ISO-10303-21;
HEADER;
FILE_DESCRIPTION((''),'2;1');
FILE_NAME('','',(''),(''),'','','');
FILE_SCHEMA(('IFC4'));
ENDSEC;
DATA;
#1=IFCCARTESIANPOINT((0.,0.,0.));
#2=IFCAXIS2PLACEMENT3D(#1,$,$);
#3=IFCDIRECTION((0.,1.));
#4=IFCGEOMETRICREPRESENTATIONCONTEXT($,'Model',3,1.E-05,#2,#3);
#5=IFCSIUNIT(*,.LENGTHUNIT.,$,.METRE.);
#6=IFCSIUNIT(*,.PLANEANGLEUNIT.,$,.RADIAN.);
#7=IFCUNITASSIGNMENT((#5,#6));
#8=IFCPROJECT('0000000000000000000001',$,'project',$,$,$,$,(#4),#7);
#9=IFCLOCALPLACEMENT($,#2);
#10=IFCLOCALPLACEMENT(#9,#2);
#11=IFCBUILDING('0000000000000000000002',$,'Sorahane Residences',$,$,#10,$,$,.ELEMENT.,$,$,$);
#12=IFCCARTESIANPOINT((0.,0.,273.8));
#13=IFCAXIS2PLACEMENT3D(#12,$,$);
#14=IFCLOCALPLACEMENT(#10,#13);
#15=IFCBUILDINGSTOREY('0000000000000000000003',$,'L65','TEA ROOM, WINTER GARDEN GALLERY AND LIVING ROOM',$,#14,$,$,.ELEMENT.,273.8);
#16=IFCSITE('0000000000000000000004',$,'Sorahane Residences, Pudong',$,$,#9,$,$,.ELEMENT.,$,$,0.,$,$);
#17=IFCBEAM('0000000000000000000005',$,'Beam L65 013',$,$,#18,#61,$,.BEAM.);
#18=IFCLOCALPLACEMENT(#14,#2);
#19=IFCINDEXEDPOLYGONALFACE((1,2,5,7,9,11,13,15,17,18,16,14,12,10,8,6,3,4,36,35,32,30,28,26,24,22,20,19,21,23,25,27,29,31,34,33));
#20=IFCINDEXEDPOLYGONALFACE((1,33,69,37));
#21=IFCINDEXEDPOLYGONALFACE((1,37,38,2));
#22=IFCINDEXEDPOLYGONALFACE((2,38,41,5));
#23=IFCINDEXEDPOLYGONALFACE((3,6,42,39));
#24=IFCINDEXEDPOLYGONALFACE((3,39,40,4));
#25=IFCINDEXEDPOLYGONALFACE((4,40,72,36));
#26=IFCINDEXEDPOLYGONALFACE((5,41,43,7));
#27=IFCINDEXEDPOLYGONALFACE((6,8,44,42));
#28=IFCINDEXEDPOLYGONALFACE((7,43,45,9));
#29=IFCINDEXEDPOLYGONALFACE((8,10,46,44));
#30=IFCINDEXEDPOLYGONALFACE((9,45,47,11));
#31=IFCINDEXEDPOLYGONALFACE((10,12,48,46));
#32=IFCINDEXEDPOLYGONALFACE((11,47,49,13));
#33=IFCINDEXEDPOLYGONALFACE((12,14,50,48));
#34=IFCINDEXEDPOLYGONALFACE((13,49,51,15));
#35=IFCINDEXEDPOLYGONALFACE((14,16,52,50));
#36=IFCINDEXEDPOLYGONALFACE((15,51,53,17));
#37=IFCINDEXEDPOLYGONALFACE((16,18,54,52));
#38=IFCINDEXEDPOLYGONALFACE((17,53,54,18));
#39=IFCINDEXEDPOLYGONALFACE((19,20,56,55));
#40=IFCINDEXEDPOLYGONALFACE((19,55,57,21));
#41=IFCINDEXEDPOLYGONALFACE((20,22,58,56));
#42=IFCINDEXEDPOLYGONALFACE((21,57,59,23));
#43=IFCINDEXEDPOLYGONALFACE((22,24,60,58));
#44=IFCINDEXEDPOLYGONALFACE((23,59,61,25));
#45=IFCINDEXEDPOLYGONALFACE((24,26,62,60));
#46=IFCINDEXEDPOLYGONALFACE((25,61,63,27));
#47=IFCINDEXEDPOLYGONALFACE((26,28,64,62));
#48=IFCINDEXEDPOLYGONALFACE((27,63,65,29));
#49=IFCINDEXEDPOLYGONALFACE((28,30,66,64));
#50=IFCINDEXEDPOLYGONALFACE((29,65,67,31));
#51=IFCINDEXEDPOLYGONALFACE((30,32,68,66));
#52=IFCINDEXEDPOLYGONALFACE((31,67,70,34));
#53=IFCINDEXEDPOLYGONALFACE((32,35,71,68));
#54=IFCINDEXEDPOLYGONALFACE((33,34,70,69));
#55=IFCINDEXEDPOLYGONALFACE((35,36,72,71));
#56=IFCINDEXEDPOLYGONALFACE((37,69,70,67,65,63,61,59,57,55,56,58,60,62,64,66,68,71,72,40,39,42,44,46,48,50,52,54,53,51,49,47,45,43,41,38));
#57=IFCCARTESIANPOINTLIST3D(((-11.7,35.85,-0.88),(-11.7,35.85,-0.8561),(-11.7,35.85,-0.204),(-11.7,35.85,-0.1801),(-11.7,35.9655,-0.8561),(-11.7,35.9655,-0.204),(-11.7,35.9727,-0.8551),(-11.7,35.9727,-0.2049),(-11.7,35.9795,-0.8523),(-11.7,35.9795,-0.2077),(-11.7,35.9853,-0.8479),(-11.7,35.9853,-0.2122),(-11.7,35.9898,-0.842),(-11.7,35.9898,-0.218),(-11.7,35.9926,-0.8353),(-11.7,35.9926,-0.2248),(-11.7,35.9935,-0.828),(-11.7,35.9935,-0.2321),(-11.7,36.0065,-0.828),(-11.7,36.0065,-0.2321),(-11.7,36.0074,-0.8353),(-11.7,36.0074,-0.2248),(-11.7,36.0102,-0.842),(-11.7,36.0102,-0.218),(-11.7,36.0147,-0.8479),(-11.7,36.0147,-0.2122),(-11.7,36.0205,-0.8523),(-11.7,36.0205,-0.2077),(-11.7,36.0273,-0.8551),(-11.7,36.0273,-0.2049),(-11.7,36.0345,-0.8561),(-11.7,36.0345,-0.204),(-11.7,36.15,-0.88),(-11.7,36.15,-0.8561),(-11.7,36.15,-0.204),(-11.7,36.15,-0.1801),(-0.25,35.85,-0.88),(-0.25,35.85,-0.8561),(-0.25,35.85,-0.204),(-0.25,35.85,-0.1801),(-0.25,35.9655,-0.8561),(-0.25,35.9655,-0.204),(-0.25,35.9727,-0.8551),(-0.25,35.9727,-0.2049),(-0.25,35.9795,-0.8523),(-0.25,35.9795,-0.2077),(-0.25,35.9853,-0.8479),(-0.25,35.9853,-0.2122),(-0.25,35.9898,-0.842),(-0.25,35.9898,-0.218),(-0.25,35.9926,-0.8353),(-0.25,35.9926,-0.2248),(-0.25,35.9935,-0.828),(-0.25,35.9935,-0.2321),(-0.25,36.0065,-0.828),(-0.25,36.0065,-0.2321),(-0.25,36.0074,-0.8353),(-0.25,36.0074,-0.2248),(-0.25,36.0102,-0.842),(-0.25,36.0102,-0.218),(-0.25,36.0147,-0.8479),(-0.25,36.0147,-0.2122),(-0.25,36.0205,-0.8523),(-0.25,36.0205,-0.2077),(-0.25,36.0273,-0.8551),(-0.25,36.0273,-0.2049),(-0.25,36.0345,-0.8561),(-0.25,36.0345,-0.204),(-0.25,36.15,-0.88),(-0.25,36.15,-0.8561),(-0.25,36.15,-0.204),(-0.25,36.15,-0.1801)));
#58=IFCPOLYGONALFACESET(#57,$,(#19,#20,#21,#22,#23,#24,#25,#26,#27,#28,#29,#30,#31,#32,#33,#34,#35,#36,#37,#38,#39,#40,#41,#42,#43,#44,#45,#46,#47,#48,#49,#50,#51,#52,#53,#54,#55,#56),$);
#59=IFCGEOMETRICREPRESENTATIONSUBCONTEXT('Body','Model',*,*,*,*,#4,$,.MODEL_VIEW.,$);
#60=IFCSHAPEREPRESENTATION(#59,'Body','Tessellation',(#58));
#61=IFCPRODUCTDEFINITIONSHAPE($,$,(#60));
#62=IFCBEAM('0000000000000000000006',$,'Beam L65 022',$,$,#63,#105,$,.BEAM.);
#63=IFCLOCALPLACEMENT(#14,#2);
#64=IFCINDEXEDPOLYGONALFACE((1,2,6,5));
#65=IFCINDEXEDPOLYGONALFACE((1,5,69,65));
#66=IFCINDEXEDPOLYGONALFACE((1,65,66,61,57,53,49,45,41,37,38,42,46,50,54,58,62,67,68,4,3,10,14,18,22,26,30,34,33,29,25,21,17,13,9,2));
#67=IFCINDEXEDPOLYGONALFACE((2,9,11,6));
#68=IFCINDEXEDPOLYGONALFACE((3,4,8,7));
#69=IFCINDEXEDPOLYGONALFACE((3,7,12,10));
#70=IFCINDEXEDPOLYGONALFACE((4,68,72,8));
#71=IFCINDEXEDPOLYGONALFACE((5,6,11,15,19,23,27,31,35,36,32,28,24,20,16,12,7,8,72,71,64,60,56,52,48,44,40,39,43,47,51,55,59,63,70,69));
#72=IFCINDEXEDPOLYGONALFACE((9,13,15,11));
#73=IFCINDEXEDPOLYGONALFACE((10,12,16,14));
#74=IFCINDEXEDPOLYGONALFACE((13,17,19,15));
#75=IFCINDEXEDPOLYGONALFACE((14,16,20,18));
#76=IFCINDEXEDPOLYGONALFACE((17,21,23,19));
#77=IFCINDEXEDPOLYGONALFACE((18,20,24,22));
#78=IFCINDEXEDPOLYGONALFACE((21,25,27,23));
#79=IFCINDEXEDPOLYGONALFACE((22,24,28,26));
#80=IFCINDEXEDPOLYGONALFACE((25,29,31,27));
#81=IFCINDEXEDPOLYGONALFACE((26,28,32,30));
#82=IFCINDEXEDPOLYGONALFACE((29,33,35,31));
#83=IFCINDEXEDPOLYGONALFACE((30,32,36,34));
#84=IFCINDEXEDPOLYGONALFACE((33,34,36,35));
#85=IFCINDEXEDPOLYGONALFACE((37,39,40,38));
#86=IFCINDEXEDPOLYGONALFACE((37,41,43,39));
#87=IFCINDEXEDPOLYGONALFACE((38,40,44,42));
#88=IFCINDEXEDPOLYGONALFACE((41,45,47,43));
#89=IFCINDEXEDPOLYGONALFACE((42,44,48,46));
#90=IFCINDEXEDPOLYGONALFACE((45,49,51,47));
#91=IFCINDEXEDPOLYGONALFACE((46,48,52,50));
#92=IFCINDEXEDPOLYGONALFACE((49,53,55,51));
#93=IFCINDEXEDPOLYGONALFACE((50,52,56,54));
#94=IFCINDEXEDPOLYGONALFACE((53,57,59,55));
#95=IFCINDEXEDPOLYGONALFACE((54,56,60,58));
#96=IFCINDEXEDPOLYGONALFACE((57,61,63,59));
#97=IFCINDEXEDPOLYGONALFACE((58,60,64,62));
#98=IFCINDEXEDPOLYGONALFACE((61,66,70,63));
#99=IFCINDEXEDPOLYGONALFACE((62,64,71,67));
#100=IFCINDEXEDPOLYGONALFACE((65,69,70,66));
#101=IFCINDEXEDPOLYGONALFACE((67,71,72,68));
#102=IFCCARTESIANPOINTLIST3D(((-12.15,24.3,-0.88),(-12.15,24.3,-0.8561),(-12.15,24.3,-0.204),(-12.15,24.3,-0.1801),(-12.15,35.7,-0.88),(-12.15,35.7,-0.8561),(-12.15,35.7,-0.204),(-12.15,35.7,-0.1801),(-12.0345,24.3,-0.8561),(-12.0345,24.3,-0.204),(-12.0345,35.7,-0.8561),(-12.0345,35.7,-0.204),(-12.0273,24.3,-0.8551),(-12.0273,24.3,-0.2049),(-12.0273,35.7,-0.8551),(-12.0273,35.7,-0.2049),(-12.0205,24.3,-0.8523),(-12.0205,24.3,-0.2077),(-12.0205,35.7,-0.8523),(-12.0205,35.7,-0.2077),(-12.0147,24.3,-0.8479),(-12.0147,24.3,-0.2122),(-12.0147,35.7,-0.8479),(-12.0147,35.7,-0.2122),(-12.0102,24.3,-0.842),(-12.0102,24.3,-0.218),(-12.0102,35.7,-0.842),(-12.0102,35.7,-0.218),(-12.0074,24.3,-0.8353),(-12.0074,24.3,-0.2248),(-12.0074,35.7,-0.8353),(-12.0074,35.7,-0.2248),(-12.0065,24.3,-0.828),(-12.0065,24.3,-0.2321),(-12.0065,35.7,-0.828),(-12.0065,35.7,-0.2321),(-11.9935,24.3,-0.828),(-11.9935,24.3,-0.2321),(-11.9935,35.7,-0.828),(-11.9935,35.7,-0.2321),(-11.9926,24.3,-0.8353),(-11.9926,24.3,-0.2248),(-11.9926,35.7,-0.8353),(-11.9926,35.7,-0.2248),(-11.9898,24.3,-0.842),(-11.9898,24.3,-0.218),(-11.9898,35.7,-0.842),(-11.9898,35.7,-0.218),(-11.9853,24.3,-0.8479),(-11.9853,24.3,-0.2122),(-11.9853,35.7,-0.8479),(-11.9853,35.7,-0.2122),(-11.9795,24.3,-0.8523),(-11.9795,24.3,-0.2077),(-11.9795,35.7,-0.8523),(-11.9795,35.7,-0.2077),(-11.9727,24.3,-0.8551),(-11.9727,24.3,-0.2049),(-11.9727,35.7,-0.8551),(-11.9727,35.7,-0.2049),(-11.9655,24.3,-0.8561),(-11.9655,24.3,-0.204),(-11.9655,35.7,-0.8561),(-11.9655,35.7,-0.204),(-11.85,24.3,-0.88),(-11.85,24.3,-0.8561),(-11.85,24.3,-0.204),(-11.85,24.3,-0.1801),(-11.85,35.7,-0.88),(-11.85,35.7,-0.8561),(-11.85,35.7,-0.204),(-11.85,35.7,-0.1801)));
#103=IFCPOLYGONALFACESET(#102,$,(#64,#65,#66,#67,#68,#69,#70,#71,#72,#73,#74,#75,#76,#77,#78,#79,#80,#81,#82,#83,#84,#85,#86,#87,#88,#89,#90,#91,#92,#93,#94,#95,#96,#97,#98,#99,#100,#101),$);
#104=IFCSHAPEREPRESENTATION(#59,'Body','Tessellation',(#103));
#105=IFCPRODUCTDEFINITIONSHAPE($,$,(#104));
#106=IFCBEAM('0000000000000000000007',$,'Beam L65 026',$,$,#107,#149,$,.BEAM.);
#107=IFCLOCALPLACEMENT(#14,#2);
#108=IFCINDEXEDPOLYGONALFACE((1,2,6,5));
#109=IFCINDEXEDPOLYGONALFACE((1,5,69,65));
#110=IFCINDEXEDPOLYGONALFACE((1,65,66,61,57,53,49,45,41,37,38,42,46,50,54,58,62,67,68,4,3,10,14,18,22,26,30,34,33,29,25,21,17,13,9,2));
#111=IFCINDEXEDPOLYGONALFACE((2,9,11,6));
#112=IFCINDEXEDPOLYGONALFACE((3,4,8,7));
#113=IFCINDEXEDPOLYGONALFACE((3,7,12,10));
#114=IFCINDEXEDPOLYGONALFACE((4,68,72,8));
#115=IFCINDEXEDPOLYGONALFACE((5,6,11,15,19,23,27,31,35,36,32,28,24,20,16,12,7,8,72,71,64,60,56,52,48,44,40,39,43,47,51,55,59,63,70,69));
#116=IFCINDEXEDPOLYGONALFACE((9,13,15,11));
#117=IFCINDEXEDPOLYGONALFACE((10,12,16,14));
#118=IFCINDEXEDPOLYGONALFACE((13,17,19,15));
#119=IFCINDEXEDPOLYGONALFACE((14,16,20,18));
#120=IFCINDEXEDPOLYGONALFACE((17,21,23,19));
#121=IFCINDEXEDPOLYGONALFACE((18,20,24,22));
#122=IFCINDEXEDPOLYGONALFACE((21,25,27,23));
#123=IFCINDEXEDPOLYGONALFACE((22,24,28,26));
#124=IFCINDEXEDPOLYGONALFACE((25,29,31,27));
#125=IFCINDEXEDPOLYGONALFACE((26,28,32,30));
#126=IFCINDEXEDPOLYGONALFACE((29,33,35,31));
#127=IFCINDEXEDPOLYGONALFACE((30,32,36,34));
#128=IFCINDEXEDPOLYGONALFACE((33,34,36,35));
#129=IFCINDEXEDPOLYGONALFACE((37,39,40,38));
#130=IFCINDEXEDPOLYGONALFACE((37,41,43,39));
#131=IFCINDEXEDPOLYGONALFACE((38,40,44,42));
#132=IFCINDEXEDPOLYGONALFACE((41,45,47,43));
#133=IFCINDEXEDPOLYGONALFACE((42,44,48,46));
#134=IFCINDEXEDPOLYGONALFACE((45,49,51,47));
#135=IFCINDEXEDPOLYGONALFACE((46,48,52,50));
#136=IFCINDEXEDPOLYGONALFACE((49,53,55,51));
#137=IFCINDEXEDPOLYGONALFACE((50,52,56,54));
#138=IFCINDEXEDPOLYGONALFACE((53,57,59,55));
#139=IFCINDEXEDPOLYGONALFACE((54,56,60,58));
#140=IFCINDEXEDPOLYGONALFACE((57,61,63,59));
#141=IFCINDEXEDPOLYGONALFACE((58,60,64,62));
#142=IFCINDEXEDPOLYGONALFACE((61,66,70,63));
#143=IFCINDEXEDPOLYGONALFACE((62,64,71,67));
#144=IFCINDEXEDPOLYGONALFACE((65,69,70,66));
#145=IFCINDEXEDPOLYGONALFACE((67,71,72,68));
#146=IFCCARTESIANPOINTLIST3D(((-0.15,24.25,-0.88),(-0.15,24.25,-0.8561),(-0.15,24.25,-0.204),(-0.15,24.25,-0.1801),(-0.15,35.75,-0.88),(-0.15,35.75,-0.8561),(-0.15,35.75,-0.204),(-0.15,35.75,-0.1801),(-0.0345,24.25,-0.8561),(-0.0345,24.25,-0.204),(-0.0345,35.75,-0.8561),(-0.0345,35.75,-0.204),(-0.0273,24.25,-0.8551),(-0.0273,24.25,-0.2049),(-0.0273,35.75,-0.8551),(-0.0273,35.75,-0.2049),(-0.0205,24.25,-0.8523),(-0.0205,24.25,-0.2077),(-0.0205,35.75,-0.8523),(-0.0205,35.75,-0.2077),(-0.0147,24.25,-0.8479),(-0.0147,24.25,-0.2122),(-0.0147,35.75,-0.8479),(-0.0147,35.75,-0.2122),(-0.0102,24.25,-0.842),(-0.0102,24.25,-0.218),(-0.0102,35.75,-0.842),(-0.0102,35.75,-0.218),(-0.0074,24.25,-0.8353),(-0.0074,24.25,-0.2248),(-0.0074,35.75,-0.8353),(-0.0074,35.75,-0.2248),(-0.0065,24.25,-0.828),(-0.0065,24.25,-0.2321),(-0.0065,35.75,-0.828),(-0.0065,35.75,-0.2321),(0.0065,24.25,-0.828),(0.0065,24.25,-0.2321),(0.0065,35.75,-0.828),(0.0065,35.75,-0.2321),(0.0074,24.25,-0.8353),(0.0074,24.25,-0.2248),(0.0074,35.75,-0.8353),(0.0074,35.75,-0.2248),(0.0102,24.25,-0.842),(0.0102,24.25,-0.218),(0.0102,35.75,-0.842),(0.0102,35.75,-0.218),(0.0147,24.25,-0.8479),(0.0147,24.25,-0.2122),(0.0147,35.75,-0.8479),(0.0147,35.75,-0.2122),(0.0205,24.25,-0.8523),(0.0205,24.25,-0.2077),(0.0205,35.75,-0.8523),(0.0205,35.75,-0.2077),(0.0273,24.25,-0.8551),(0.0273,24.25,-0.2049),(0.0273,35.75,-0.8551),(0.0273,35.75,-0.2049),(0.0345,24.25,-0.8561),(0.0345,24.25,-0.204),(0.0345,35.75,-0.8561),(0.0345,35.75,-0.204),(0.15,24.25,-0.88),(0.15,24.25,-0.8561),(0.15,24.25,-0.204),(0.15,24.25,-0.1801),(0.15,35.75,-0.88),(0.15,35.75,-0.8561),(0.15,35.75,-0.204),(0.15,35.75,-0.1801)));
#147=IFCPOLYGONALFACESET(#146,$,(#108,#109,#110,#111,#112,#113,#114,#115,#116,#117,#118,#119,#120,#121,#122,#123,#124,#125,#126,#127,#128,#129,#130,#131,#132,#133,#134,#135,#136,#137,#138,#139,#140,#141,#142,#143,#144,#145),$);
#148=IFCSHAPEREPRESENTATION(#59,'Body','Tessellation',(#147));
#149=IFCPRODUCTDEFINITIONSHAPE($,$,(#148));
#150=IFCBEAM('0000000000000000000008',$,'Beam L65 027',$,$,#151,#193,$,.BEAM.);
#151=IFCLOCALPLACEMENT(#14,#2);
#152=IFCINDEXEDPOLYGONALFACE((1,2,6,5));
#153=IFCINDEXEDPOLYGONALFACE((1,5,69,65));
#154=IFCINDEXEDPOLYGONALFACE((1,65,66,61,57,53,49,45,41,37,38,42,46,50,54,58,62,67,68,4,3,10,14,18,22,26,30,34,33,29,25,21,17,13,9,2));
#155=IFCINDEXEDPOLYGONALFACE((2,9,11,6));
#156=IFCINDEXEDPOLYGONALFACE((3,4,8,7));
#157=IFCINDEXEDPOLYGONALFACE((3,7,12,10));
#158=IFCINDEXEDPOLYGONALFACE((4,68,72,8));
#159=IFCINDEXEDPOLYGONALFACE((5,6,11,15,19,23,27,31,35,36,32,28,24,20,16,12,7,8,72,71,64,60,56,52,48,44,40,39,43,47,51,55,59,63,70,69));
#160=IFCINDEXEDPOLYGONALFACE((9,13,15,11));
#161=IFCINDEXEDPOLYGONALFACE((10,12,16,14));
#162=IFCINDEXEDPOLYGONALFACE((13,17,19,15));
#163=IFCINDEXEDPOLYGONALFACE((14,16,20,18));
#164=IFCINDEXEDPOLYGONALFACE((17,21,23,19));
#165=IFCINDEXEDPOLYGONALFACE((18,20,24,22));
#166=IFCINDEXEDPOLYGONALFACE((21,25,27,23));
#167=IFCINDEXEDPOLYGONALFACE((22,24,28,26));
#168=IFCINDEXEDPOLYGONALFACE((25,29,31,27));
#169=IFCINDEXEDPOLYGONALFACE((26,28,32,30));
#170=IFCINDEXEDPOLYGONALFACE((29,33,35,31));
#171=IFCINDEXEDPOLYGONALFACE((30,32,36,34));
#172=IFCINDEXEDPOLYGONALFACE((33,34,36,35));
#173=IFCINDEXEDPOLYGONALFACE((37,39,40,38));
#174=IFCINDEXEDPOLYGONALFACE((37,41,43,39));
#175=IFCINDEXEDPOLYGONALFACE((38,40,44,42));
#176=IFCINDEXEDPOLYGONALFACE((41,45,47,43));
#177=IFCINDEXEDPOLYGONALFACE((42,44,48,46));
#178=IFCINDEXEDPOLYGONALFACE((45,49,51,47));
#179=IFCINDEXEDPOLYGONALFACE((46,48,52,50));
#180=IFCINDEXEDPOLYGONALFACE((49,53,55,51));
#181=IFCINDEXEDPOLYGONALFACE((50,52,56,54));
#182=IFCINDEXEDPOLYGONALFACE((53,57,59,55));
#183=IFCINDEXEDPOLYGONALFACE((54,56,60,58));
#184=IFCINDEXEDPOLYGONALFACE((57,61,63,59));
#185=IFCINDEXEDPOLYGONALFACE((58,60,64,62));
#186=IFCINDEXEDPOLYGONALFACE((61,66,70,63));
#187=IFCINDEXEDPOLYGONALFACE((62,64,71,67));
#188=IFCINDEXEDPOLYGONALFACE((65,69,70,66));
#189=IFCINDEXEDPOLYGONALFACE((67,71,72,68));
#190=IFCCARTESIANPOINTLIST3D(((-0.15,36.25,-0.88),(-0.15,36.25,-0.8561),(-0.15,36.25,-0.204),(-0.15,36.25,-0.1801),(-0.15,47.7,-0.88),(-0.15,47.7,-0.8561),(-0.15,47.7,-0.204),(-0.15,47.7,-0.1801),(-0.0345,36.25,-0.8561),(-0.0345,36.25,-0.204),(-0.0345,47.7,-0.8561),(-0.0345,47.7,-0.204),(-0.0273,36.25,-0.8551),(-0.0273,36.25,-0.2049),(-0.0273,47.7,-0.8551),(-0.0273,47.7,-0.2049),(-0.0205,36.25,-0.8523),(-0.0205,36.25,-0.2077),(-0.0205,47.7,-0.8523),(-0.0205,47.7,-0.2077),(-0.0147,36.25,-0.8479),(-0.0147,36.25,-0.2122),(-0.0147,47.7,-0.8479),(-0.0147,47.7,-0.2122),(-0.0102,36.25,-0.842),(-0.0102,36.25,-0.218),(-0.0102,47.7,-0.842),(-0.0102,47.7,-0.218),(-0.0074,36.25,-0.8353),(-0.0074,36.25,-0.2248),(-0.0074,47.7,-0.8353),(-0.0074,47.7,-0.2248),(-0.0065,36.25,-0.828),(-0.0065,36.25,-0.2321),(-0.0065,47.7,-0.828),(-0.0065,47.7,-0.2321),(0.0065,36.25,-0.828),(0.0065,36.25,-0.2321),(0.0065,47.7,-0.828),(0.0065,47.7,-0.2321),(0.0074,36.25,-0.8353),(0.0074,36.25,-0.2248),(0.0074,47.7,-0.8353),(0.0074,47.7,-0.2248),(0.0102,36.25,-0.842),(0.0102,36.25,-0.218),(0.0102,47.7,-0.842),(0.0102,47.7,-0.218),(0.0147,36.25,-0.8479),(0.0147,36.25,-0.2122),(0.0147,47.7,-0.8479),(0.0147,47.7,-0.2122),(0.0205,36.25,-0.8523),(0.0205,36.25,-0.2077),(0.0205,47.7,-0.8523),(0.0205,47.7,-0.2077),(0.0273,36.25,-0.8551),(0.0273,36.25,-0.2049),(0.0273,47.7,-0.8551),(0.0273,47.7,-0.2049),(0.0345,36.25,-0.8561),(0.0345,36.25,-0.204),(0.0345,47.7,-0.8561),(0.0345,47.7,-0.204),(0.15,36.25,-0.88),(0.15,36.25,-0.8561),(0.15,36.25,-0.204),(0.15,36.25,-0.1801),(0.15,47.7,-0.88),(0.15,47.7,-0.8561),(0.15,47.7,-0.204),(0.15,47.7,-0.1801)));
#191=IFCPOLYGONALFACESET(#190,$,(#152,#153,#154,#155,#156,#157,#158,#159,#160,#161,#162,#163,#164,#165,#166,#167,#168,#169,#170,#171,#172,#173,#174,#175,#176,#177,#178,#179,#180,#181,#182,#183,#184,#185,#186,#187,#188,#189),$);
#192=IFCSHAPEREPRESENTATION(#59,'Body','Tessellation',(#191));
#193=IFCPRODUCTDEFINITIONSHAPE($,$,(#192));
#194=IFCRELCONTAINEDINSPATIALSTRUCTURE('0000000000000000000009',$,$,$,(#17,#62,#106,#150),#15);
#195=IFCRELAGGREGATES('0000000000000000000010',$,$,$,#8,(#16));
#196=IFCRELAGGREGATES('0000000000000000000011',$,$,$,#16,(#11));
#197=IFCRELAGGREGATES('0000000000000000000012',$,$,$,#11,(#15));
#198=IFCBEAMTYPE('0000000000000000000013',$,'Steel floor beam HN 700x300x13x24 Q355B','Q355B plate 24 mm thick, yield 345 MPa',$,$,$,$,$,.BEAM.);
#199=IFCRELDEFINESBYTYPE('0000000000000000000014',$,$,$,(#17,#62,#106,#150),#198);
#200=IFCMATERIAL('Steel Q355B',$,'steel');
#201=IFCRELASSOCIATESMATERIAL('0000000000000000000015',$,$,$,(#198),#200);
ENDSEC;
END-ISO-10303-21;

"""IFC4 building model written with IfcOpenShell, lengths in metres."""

from ifc_helpers import new_model, si_unit, direction, frame, origin, origin_2d, place, context, subcontext, project, spatial, i_section, extrude, material, material_profile, profile_set, type_object, element, save


model = new_model("IFC4")

# Units and contexts
model_context = context("Model", 3, precision=1e-05, world=origin(), true_north=direction((0.0, 1.0)))
body_context = subcontext(model_context, "Body", "Model", "MODEL_VIEW")
ifc_project = project(units=[si_unit("LENGTHUNIT", "METRE"), si_unit("PLANEANGLEUNIT", "RADIAN")], contexts=[model_context])

# Site, building, storey
site_placement = place(None, origin())
site = spatial("IfcSite", under=ifc_project, at=site_placement, Name="Sorahane Residences, Pudong", CompositionType="ELEMENT", RefElevation=0.0)
building_placement = place(site_placement, origin())
building = spatial("IfcBuilding", under=site, at=building_placement, Name="Sorahane Residences", CompositionType="ELEMENT")
storey_placement = place(building_placement, frame((0.0, 0.0, 273.8)))
storey = spatial("IfcBuildingStorey", under=building, at=storey_placement, Name="L65", Description="TEA ROOM, WINTER GARDEN GALLERY AND LIVING ROOM", CompositionType="ELEMENT", Elevation=273.8)

# Beams
ifc_material_1 = material(Name="Steel Q355B", Category="steel")
ifc_material_profile_1 = material_profile(ifc_material_1, i_section(OverallWidth=0.3, OverallDepth=0.7, WebThickness=0.0129, FlangeThickness=0.0239, FilletRadius=0.0281, at=origin_2d()), Name="HN 700x300x13x24")
ifc_profile_set_1 = profile_set([ifc_material_profile_1], Name="Steel Q355B")
beam_type_1 = type_object("IfcBeamType", Name="Steel floor beam HN 700x300x13x24 Q355B", Description="Q355B plate 24 mm thick, yield 345 MPa", PredefinedType="BEAM", material=ifc_profile_set_1)
beam_1_placement = place(storey_placement, frame((-11.7, 36.0, -0.53), z_axis=(1.0, 0.0, 0.0), x_axis=(0.0, 1.0, 0.0)))
element("IfcBeam", 1, at=beam_1_placement, inside=storey, type_object=beam_type_1, Name="Beam L65 013", PredefinedType="BEAM", context=body_context, shape_type="SweptSolid", body=[
    extrude(i_section(OverallWidth=0.3, OverallDepth=0.7, WebThickness=0.0129, FlangeThickness=0.0239, FilletRadius=0.0281, at=origin_2d()), origin(), (0.0, 0.0, 1.0), 11.45),
])
beam_2_placement = place(storey_placement, frame((-12.0, 24.3, -0.53), z_axis=(0.0, 1.0, 0.0), x_axis=(-1.0, 0.0, 0.0)))
element("IfcBeam", 2, at=beam_2_placement, inside=storey, type_object=beam_type_1, Name="Beam L65 022", PredefinedType="BEAM", context=body_context, shape_type="SweptSolid", body=[
    extrude(i_section(OverallWidth=0.3, OverallDepth=0.7, WebThickness=0.0129, FlangeThickness=0.0239, FilletRadius=0.0281, at=origin_2d()), origin(), (0.0, 0.0, 1.0), 11.3999),
])
beam_3_placement = place(storey_placement, frame((0.0, 24.25, -0.53), z_axis=(0.0, 1.0, 0.0), x_axis=(-1.0, 0.0, 0.0)))
element("IfcBeam", 3, at=beam_3_placement, inside=storey, type_object=beam_type_1, Name="Beam L65 026", PredefinedType="BEAM", context=body_context, shape_type="SweptSolid", body=[
    extrude(i_section(OverallWidth=0.3, OverallDepth=0.7, WebThickness=0.0129, FlangeThickness=0.0239, FilletRadius=0.0281, at=origin_2d()), origin(), (0.0, 0.0, 1.0), 11.5),
])
beam_4_placement = place(storey_placement, frame((0.0, 36.25, -0.53), z_axis=(0.0, 1.0, 0.0), x_axis=(-1.0, 0.0, 0.0)))
element("IfcBeam", 4, at=beam_4_placement, inside=storey, type_object=beam_type_1, Name="Beam L65 027", PredefinedType="BEAM", context=body_context, shape_type="SweptSolid", body=[
    extrude(i_section(OverallWidth=0.3, OverallDepth=0.7, WebThickness=0.0129, FlangeThickness=0.0239, FilletRadius=0.0281, at=origin_2d()), origin(), (0.0, 0.0, 1.0), 11.45),
])

save(model, "model.ifc")
